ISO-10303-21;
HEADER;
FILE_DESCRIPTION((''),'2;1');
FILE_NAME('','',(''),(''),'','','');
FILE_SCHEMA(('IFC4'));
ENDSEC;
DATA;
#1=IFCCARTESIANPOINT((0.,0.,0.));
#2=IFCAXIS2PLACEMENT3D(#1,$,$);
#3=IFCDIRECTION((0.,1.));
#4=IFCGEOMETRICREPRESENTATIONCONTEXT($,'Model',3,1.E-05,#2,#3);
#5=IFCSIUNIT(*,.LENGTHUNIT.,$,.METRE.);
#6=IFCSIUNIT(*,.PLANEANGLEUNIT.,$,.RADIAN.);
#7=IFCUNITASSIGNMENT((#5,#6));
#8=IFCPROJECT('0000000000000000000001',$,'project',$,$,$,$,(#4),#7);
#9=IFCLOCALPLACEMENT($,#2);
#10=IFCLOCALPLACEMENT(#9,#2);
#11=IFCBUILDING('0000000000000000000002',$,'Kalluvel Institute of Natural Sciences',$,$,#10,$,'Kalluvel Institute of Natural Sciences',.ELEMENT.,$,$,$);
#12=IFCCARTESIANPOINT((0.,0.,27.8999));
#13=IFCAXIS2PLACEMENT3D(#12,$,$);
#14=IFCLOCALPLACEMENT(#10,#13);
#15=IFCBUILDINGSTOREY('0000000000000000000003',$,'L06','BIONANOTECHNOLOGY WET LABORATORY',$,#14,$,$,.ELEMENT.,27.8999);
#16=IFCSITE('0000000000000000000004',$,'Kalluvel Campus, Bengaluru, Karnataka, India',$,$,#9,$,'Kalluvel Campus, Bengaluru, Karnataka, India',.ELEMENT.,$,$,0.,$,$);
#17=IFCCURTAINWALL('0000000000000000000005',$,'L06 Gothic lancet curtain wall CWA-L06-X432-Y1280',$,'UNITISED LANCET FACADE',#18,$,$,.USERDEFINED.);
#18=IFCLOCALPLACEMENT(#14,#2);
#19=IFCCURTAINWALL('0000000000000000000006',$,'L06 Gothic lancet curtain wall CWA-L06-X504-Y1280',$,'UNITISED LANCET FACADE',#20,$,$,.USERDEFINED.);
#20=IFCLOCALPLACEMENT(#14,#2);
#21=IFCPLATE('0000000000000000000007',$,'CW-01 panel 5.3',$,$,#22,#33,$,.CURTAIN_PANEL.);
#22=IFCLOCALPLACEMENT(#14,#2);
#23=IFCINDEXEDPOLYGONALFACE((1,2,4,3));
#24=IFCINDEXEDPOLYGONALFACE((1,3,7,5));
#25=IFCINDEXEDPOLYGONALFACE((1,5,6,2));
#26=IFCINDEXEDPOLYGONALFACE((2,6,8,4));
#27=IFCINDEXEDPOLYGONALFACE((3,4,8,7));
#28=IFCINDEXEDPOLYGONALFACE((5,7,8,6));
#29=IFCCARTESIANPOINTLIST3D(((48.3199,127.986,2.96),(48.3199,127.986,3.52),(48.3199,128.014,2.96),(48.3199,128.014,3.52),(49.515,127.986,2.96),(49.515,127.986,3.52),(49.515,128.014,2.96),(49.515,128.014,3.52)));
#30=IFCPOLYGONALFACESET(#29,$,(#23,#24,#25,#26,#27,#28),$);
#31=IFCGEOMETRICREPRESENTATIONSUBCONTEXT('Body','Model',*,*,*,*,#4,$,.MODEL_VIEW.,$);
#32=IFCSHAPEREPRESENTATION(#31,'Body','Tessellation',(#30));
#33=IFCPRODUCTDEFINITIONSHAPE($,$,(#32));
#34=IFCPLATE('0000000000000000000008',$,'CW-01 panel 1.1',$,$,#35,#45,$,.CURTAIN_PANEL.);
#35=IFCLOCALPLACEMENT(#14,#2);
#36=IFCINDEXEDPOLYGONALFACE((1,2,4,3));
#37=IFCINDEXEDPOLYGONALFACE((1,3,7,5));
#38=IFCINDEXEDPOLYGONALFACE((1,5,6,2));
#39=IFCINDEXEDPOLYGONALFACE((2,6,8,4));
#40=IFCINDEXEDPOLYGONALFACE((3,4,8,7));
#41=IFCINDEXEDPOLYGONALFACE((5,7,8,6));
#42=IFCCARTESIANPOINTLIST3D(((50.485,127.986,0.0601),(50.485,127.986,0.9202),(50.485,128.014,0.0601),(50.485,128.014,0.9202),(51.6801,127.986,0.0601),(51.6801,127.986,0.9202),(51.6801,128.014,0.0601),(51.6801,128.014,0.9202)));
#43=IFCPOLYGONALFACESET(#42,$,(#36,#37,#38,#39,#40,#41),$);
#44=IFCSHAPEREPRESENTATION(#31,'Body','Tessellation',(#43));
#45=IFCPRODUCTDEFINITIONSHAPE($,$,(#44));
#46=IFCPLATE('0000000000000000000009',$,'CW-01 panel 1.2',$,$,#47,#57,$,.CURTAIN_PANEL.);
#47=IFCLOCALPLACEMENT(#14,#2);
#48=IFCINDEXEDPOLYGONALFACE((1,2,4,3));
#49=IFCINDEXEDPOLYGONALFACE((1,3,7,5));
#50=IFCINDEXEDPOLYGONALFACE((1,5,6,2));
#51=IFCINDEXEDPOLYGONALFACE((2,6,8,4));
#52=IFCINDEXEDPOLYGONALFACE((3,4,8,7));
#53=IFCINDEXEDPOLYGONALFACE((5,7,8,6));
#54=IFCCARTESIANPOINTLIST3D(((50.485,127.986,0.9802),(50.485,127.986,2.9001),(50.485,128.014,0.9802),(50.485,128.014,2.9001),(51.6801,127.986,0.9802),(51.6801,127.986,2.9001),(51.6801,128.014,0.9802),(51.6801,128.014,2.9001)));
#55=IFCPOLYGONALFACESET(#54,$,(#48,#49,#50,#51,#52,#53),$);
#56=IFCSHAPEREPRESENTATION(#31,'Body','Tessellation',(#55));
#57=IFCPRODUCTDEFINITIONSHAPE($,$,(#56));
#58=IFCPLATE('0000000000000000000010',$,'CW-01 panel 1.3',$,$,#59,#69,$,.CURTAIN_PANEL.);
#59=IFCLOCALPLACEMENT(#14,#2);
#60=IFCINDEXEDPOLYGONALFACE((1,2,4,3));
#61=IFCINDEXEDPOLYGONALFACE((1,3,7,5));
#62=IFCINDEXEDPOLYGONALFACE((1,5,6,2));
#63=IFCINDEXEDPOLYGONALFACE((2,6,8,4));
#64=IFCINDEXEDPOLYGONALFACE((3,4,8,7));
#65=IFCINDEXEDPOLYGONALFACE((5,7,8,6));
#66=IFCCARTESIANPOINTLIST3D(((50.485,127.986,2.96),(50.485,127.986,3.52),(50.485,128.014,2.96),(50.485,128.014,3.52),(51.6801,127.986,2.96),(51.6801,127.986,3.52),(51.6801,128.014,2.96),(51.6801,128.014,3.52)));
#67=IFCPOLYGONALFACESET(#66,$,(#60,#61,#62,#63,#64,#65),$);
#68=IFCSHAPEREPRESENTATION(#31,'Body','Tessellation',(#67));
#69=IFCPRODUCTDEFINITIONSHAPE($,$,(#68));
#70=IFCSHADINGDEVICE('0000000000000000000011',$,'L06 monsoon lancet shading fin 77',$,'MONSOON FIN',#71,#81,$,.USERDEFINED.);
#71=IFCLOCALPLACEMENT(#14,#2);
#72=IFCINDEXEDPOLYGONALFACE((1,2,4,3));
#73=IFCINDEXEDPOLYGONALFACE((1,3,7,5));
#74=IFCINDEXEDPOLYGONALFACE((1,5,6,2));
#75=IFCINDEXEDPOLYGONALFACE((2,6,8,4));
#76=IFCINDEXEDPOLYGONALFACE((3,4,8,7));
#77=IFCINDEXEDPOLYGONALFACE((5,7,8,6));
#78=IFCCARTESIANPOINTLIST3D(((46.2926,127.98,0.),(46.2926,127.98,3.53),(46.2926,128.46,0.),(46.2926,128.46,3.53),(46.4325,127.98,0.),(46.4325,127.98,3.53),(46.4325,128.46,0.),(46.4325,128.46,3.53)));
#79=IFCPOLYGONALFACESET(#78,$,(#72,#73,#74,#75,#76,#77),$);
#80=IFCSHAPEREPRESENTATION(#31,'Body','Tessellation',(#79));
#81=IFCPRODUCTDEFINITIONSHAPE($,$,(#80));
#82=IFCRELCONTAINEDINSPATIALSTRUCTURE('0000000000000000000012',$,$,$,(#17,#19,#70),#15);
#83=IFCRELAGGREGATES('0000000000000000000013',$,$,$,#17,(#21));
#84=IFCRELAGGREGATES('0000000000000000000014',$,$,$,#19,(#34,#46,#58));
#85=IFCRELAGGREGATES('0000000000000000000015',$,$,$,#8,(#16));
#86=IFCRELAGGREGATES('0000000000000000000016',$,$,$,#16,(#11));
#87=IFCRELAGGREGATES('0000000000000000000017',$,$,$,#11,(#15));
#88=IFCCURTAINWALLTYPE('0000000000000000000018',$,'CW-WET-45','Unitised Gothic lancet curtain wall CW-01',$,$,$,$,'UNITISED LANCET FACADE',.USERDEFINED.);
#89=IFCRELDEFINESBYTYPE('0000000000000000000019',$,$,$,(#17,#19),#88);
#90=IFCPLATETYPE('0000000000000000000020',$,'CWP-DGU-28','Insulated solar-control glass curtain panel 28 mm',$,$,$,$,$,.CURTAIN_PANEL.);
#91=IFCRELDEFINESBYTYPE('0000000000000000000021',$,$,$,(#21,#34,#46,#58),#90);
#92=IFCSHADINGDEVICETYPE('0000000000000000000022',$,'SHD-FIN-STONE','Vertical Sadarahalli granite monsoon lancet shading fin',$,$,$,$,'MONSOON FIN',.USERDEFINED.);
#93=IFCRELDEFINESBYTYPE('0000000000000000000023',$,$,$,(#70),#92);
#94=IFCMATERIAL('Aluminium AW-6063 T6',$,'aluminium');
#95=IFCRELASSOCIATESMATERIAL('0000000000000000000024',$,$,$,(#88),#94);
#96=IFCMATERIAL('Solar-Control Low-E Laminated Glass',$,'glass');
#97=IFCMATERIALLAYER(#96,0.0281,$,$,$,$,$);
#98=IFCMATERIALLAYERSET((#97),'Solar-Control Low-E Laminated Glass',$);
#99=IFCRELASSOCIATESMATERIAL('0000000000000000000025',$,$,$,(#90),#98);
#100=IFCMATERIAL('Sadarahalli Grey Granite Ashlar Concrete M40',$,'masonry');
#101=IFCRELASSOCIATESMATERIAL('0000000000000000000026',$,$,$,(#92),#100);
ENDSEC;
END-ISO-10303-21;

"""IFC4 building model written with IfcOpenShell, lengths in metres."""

from ifc_helpers import new_model, si_unit, direction, frame, origin, origin_2d, place, context, subcontext, project, spatial, rectangle, extrude, material, layer, layer_set, type_object, element, aggregate, save


model = new_model("IFC4")

# Units and contexts
model_context = context("Model", 3, precision=1e-05, world=origin(), true_north=direction((0.0, 1.0)))
body_context = subcontext(model_context, "Body", "Model", "MODEL_VIEW")
ifc_project = project(units=[si_unit("LENGTHUNIT", "METRE"), si_unit("PLANEANGLEUNIT", "RADIAN")], contexts=[model_context])

# Site, building, storey
site_placement = place(None, origin())
site = spatial("IfcSite", under=ifc_project, at=site_placement, Name="Kalluvel Campus, Bengaluru, Karnataka, India", LongName="Kalluvel Campus, Bengaluru, Karnataka, India", CompositionType="ELEMENT", RefElevation=0.0)
building_placement = place(site_placement, origin())
building = spatial("IfcBuilding", under=site, at=building_placement, Name="Kalluvel Institute of Natural Sciences", LongName="Kalluvel Institute of Natural Sciences", CompositionType="ELEMENT")
storey_placement = place(building_placement, frame((0.0, 0.0, 27.8999)))
storey = spatial("IfcBuildingStorey", under=building, at=storey_placement, Name="L06", Description="BIONANOTECHNOLOGY WET LABORATORY", CompositionType="ELEMENT", Elevation=27.8999)

# Curtain walls
ifc_material_1 = material(Name="Aluminium AW-6063 T6", Category="aluminium")
curtain_wall_type = type_object("IfcCurtainWallType", Name="CW-WET-45", Description="Unitised Gothic lancet curtain wall CW-01", ElementType="UNITISED LANCET FACADE", PredefinedType="USERDEFINED", material=ifc_material_1)
curtain_wall_1_placement = place(storey_placement, origin())
curtain_wall_1 = element("IfcCurtainWall", 1, at=curtain_wall_1_placement, inside=storey, type_object=curtain_wall_type, Name="L06 Gothic lancet curtain wall CWA-L06-X432-Y1280", ObjectType="UNITISED LANCET FACADE", PredefinedType="USERDEFINED")
curtain_wall_2_placement = place(storey_placement, origin())
curtain_wall_2 = element("IfcCurtainWall", 2, at=curtain_wall_2_placement, inside=storey, type_object=curtain_wall_type, Name="L06 Gothic lancet curtain wall CWA-L06-X504-Y1280", ObjectType="UNITISED LANCET FACADE", PredefinedType="USERDEFINED")

# Plates
ifc_material_2 = material(Name="Solar-Control Low-E Laminated Glass", Category="glass")
ifc_layer = layer(ifc_material_2, 0.0281)
ifc_layer_set = layer_set([ifc_layer], Name="Solar-Control Low-E Laminated Glass")
plate_type = type_object("IfcPlateType", Name="CWP-DGU-28", Description="Insulated solar-control glass curtain panel 28 mm", PredefinedType="CURTAIN_PANEL", material=ifc_layer_set)
plate_1_placement = place(storey_placement, frame((48.9175, 128.0, 2.96), z_axis=(0.0, 0.0, 1.0), x_axis=(1.0, 0.0, 0.0)))
plate_1 = element("IfcPlate", 3, at=plate_1_placement, type_object=plate_type, Name="CW-01 panel 5.3", PredefinedType="CURTAIN_PANEL", context=body_context, shape_type="SweptSolid", body=[
    extrude(rectangle(XDim=1.1951, YDim=0.0281, at=origin_2d()), origin(), (0.0, 0.0, 1.0), 0.5601),
])
aggregate(curtain_wall_1, [plate_1])
plate_2_placement = place(storey_placement, frame((51.0825, 128.0, 0.0601), z_axis=(0.0, 0.0, 1.0), x_axis=(1.0, 0.0, 0.0)))
plate_2 = element("IfcPlate", 4, at=plate_2_placement, type_object=plate_type, Name="CW-01 panel 1.1", PredefinedType="CURTAIN_PANEL", context=body_context, shape_type="SweptSolid", body=[
    extrude(rectangle(XDim=1.1951, YDim=0.0281, at=origin_2d()), origin(), (0.0, 0.0, 1.0), 0.8601),
])
plate_3_placement = place(storey_placement, frame((51.0825, 128.0, 0.9802), z_axis=(0.0, 0.0, 1.0), x_axis=(1.0, 0.0, 0.0)))
plate_3 = element("IfcPlate", 5, at=plate_3_placement, type_object=plate_type, Name="CW-01 panel 1.2", PredefinedType="CURTAIN_PANEL", context=body_context, shape_type="SweptSolid", body=[
    extrude(rectangle(XDim=1.1951, YDim=0.0281, at=origin_2d()), origin(), (0.0, 0.0, 1.0), 1.9199),
])
plate_4_placement = place(storey_placement, frame((51.0825, 128.0, 2.96), z_axis=(0.0, 0.0, 1.0), x_axis=(1.0, 0.0, 0.0)))
plate_4 = element("IfcPlate", 6, at=plate_4_placement, type_object=plate_type, Name="CW-01 panel 1.3", PredefinedType="CURTAIN_PANEL", context=body_context, shape_type="SweptSolid", body=[
    extrude(rectangle(XDim=1.1951, YDim=0.0281, at=origin_2d()), origin(), (0.0, 0.0, 1.0), 0.5601),
])
aggregate(curtain_wall_2, [plate_2, plate_3, plate_4])

# Shading device
ifc_material_3 = material(Name="Sadarahalli Grey Granite Ashlar Concrete M40", Category="masonry")
shading_device_type = type_object("IfcShadingDeviceType", Name="SHD-FIN-STONE", Description="Vertical Sadarahalli granite monsoon lancet shading fin", ElementType="MONSOON FIN", PredefinedType="USERDEFINED", material=ifc_material_3)
shading_device_placement = place(storey_placement, frame((46.3625, 128.22, 0.0), z_axis=(0.0, 0.0, 1.0), x_axis=(1.0, 0.0, 0.0)))
element("IfcShadingDevice", 7, at=shading_device_placement, inside=storey, type_object=shading_device_type, Name="L06 monsoon lancet shading fin 77", ObjectType="MONSOON FIN", PredefinedType="USERDEFINED", context=body_context, shape_type="SweptSolid", body=[
    extrude(rectangle(XDim=0.1399, YDim=0.48, at=origin_2d()), origin(), (0.0, 0.0, 1.0), 3.53),
])

save(model, "model.ifc")
